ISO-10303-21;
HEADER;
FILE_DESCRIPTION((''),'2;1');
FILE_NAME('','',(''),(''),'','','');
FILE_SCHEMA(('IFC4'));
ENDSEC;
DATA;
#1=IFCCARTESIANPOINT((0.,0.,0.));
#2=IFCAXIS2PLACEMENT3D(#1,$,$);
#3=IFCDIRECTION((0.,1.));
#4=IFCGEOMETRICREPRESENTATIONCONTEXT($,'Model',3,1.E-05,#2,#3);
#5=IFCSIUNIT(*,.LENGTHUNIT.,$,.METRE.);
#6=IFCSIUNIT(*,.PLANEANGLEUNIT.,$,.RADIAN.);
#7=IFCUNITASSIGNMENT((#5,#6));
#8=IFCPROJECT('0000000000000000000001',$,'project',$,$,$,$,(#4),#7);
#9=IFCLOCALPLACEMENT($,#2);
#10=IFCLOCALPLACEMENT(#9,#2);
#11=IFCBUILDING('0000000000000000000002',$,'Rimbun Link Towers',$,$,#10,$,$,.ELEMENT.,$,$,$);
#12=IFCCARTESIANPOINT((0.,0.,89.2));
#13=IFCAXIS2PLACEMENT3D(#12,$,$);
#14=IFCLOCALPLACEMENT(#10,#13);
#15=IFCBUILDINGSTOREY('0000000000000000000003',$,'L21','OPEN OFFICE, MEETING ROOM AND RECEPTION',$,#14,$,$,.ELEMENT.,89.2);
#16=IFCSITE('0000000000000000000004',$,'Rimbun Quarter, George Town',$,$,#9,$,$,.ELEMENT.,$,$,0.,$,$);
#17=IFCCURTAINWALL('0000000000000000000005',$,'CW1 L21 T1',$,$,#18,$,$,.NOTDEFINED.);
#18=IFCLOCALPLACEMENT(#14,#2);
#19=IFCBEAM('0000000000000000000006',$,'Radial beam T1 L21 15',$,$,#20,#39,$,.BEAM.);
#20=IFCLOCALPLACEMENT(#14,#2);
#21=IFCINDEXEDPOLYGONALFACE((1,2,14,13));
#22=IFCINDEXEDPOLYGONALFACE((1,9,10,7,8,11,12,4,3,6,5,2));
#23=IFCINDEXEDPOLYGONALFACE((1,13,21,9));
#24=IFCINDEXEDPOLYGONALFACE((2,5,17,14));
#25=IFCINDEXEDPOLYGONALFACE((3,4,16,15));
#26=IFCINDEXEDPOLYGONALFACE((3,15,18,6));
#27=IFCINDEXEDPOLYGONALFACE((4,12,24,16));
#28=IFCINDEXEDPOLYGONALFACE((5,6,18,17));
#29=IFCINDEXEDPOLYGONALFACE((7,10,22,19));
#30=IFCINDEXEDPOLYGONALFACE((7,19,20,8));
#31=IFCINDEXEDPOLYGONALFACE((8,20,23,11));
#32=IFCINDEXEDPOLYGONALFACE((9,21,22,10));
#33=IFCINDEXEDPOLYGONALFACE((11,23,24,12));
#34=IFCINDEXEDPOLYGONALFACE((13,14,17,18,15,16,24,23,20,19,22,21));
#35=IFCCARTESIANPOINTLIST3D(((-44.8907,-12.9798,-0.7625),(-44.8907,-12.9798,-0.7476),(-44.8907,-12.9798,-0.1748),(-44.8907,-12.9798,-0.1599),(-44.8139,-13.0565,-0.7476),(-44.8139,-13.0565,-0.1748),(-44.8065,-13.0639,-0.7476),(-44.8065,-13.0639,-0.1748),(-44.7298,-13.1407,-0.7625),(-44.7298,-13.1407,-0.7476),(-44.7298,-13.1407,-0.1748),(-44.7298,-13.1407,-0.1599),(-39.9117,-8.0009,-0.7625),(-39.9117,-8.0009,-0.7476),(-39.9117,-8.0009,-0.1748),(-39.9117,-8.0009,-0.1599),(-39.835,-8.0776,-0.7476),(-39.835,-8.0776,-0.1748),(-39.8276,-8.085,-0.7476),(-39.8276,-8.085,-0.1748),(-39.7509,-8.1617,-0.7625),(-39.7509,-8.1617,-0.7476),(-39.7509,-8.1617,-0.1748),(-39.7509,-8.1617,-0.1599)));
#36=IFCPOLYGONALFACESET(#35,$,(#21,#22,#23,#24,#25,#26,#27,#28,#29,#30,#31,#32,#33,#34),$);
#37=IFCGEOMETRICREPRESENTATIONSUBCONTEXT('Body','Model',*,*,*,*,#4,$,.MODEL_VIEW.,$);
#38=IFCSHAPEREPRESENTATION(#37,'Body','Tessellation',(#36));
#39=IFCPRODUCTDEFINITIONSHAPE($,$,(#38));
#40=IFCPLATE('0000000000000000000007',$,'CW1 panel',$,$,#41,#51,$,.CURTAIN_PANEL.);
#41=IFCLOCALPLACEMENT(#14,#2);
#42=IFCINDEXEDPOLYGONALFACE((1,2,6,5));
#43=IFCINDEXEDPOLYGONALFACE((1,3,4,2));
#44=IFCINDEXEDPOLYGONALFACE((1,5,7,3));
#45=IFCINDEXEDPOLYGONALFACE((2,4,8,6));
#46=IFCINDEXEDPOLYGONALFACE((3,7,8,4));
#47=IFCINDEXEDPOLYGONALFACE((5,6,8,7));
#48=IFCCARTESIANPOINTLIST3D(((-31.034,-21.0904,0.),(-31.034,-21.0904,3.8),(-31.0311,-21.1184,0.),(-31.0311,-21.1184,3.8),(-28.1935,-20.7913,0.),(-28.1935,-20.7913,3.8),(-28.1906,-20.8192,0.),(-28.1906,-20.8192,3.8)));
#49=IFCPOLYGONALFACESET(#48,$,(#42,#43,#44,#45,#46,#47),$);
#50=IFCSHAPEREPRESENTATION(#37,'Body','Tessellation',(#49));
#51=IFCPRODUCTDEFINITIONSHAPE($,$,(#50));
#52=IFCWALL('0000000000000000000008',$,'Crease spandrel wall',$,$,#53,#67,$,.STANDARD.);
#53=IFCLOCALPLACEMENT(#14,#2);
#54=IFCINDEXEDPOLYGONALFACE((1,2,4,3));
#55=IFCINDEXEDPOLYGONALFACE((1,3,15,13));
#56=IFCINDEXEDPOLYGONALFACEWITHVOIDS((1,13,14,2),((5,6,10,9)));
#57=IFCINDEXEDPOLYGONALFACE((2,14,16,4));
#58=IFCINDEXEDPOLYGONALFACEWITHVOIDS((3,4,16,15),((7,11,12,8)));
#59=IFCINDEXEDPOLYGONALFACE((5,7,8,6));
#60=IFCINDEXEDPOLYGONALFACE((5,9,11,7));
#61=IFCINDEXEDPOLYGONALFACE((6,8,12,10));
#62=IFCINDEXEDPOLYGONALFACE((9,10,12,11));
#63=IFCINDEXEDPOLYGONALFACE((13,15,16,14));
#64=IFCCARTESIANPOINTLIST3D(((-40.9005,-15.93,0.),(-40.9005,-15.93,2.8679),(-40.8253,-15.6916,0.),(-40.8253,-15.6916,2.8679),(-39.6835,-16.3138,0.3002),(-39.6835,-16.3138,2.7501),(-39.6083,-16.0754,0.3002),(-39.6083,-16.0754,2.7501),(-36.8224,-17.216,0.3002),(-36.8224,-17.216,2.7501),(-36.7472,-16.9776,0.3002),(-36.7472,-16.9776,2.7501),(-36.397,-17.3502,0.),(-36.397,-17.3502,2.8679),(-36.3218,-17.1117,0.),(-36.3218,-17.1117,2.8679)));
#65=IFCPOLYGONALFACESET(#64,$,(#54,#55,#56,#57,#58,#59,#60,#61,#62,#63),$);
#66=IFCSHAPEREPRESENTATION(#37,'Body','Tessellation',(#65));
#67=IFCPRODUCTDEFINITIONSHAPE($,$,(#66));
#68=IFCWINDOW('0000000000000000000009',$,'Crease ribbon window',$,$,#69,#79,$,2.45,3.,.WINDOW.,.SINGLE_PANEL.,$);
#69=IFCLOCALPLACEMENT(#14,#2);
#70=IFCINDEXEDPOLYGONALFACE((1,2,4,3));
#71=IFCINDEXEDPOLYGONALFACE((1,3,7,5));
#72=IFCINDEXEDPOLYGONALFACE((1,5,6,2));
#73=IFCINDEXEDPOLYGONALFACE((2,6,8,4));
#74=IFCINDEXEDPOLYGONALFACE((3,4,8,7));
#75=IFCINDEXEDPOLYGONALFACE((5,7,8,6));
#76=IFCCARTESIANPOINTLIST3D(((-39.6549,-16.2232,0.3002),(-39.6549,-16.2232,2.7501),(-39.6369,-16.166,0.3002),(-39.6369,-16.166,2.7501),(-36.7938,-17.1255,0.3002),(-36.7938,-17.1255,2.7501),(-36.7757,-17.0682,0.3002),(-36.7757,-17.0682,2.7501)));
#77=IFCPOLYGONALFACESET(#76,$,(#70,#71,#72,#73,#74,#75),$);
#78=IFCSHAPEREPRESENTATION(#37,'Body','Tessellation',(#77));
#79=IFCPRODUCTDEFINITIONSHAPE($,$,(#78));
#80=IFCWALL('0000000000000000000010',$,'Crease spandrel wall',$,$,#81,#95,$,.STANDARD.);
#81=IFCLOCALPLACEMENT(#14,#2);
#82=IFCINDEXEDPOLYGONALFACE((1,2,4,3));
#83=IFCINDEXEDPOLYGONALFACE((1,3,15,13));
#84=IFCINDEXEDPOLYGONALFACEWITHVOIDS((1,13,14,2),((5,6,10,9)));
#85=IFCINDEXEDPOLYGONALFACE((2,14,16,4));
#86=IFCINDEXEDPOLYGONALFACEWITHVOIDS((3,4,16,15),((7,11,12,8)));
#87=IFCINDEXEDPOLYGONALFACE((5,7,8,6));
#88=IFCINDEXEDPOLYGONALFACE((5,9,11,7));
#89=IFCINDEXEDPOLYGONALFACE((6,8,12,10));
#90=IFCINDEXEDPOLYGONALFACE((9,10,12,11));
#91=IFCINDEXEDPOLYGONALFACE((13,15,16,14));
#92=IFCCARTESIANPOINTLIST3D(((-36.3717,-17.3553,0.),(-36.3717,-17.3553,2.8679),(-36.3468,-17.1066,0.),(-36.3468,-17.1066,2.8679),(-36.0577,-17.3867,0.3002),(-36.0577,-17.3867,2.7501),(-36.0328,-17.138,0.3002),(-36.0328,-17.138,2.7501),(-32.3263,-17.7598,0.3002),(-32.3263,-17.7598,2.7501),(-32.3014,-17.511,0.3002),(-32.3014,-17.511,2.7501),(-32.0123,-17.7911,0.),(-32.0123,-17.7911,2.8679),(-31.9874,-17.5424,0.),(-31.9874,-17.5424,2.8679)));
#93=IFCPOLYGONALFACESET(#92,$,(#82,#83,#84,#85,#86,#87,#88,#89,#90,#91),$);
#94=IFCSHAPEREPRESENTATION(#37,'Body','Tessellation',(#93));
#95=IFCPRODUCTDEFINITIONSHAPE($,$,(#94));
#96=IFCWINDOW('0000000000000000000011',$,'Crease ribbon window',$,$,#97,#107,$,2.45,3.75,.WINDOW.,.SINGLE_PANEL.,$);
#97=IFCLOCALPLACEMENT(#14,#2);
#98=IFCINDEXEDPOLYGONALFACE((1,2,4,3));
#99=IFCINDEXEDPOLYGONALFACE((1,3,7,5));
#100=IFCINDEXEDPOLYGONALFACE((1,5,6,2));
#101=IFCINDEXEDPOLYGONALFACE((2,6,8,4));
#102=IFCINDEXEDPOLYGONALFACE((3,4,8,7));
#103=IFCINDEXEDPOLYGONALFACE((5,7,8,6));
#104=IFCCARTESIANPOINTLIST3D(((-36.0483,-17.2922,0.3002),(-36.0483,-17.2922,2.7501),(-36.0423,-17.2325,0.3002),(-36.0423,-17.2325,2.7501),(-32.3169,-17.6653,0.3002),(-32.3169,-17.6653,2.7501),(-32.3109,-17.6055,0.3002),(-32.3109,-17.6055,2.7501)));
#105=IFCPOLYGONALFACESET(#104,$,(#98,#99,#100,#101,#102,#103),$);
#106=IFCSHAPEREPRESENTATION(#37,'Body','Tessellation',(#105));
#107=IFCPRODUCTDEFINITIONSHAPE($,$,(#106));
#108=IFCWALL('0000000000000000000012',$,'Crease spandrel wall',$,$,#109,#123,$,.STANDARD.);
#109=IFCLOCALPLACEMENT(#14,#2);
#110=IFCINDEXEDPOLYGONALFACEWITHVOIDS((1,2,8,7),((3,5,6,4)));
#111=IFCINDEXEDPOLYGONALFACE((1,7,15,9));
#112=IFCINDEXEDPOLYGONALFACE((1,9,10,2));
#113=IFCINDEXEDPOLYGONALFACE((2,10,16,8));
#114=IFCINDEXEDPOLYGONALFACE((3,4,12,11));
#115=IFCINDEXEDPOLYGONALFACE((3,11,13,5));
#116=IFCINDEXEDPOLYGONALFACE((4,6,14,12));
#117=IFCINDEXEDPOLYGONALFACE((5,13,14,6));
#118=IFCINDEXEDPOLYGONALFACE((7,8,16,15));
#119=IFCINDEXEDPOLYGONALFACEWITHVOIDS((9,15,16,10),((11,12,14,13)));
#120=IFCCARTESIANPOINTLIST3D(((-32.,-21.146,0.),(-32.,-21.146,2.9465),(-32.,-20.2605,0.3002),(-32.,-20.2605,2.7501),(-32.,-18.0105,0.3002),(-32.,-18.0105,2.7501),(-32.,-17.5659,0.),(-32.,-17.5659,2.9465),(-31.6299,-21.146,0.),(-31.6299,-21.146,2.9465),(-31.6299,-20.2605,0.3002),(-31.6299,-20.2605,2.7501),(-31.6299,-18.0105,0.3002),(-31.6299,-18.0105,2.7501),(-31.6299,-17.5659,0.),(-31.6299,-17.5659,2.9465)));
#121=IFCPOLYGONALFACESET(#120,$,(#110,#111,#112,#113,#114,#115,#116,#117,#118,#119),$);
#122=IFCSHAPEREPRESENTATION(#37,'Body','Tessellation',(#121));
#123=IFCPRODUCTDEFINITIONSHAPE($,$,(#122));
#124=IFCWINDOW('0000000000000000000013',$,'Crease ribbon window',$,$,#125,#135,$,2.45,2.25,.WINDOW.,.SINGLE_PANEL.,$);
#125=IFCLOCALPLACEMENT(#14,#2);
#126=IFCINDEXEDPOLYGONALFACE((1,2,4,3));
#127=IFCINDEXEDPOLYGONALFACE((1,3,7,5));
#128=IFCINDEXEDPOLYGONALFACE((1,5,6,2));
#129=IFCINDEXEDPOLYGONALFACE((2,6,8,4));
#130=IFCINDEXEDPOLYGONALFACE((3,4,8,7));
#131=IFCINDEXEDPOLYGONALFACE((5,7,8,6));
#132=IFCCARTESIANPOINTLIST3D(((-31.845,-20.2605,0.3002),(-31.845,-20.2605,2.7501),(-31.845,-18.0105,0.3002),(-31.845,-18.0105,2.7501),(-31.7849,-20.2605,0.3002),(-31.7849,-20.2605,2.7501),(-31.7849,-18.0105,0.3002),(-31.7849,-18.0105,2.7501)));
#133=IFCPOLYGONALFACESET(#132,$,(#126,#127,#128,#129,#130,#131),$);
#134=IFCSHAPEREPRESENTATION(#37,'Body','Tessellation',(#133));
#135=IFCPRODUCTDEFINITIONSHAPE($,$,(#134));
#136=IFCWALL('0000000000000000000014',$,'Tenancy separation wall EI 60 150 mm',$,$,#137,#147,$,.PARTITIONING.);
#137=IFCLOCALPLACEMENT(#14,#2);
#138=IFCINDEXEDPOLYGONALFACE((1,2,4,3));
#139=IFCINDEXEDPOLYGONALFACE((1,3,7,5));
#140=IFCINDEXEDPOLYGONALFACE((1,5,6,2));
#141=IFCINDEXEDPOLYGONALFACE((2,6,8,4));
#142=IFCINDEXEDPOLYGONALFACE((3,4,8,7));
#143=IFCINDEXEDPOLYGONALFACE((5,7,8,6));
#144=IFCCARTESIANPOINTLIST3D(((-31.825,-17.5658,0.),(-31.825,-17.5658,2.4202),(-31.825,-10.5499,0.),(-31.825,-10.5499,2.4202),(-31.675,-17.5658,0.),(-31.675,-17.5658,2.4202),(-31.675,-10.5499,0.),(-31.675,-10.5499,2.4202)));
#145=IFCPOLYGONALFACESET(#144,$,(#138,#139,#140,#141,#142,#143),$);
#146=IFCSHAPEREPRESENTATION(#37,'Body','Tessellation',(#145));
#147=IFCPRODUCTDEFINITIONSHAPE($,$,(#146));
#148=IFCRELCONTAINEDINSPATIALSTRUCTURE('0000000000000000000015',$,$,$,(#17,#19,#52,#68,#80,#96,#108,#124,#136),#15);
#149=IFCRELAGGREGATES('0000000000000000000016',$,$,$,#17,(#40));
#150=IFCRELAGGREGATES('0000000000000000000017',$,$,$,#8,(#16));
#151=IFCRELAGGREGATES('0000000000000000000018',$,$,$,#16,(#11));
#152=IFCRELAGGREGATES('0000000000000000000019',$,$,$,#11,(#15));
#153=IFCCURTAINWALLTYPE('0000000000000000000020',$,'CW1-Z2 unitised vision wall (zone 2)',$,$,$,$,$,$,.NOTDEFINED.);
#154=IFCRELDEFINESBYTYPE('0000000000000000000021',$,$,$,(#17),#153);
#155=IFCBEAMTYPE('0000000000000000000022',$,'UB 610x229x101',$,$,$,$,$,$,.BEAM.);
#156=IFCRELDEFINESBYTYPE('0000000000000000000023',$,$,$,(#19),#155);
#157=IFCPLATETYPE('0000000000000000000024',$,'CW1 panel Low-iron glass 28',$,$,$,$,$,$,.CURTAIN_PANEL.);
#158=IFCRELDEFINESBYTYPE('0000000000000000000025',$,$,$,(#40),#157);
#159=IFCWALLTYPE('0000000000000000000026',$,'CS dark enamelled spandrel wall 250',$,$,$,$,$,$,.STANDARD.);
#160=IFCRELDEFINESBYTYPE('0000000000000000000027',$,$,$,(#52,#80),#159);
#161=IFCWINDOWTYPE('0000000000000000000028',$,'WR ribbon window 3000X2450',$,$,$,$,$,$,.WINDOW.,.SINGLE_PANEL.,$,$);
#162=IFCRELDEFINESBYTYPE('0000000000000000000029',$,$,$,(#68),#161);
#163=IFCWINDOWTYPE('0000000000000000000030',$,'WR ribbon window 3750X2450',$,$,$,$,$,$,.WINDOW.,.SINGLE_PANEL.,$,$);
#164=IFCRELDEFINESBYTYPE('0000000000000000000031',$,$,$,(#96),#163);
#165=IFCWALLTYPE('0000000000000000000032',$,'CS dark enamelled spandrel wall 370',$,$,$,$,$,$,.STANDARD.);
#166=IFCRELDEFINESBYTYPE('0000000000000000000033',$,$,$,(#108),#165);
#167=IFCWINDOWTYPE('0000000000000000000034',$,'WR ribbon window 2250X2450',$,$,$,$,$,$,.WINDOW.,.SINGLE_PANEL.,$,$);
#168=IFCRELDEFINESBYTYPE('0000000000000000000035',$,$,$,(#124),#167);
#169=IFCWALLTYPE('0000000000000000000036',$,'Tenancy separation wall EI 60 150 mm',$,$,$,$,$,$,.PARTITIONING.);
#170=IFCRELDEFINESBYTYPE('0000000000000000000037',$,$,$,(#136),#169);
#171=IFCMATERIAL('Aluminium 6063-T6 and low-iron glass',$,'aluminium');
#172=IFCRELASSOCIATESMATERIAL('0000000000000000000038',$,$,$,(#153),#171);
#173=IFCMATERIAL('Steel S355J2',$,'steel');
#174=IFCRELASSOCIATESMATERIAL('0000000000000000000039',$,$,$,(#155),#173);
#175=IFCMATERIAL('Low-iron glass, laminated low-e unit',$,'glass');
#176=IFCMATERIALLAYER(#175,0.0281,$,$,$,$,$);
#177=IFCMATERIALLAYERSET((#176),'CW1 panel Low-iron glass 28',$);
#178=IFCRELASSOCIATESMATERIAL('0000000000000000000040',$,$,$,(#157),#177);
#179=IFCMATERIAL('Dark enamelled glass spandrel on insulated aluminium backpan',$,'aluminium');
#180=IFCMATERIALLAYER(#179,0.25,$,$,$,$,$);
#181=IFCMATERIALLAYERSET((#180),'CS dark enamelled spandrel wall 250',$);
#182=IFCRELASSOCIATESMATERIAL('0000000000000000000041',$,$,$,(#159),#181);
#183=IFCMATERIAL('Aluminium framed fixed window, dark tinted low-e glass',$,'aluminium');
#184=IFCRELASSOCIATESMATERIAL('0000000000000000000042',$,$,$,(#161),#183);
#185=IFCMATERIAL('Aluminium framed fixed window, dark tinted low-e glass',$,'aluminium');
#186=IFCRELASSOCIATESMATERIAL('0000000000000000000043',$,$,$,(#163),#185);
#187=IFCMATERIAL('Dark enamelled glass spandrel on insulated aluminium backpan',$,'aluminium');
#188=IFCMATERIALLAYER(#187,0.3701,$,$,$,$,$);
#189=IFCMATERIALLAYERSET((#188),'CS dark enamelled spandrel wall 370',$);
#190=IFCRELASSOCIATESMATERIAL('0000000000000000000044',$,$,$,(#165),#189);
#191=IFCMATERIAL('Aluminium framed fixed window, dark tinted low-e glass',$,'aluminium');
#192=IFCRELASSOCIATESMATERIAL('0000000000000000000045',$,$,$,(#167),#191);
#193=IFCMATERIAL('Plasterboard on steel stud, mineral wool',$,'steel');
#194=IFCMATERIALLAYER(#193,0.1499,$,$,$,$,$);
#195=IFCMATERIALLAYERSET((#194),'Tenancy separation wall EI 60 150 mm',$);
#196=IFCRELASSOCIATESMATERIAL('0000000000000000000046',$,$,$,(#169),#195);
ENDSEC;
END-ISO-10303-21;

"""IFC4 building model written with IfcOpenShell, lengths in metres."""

from ifc_helpers import new_model, si_unit, direction, frame, frame_2d, origin, origin_2d, place, context, subcontext, project, spatial, rectangle, i_section, extrude, material, layer, layer_set, material_profile, profile_set, type_object, element, fill, aggregate, save


model = new_model("IFC4")

# Units and contexts
model_context = context("Model", 3, precision=1e-05, world=origin(), true_north=direction((0.0, 1.0)))
body_context = subcontext(model_context, "Body", "Model", "MODEL_VIEW")
ifc_project = project(units=[si_unit("LENGTHUNIT", "METRE"), si_unit("PLANEANGLEUNIT", "RADIAN")], contexts=[model_context])

# Site, building, storey
site_placement = place(None, origin())
site = spatial("IfcSite", under=ifc_project, at=site_placement, Name="Rimbun Quarter, George Town", CompositionType="ELEMENT", RefElevation=0.0)
building_placement = place(site_placement, origin())
building = spatial("IfcBuilding", under=site, at=building_placement, Name="Rimbun Link Towers", CompositionType="ELEMENT")
storey_placement = place(building_placement, frame((0.0, 0.0, 89.2)))
storey = spatial("IfcBuildingStorey", under=building, at=storey_placement, Name="L21", Description="OPEN OFFICE, MEETING ROOM AND RECEPTION", CompositionType="ELEMENT", Elevation=89.2)

# Curtain wall
ifc_material_1 = material(Name="Aluminium 6063-T6 and low-iron glass", Category="aluminium")
curtain_wall_type = type_object("IfcCurtainWallType", Name="CW1-Z2 unitised vision wall (zone 2)", PredefinedType="NOTDEFINED", material=ifc_material_1)
curtain_wall_placement = place(storey_placement, origin())
curtain_wall = element("IfcCurtainWall", 1, at=curtain_wall_placement, inside=storey, type_object=curtain_wall_type, Name="CW1 L21 T1", PredefinedType="NOTDEFINED")

# Beam
ifc_material_2 = material(Name="Steel S355J2", Category="steel")
ifc_material_profile_1 = material_profile(ifc_material_2, i_section(OverallWidth=0.2275, OverallDepth=0.6025, WebThickness=0.0105, FlangeThickness=0.0149, at=origin_2d()), Name="UB 610x229x101")
ifc_profile_set_1 = profile_set([ifc_material_profile_1], Name="Steel S355J2")
beam_type_1 = type_object("IfcBeamType", Name="UB 610x229x101", PredefinedType="BEAM", material=ifc_profile_set_1)
beam_1_placement = place(storey_placement, frame((-39.8313, -8.0813, -0.4612), z_axis=(-0.707107, -0.707107, 0.0), x_axis=(0.707107, -0.707107, 0.0)))
element("IfcBeam", 2, at=beam_1_placement, inside=storey, type_object=beam_type_1, Name="Radial beam T1 L21 15", PredefinedType="BEAM", context=body_context, shape_type="SweptSolid", body=[
    extrude(i_section(OverallWidth=0.2275, OverallDepth=0.6025, WebThickness=0.0105, FlangeThickness=0.0149, at=origin_2d()), origin(), (0.0, 0.0, 1.0), 7.0413),
])

# Plate
ifc_material_3 = material(Name="Low-iron glass, laminated low-e unit", Category="glass")
ifc_layer_1 = layer(ifc_material_3, 0.0281)
ifc_layer_set_1 = layer_set([ifc_layer_1], Name="CW1 panel Low-iron glass 28")
plate_type = type_object("IfcPlateType", Name="CW1 panel Low-iron glass 28", PredefinedType="CURTAIN_PANEL", material=ifc_layer_set_1)
plate_placement = place(storey_placement, frame((-29.6123, -20.9548, 0.0), z_axis=(0.0, 0.0, 1.0), x_axis=(-0.9945, -0.104736, 0.0)))
plate = element("IfcPlate", 3, at=plate_placement, type_object=plate_type, Name="CW1 panel", PredefinedType="CURTAIN_PANEL", context=body_context, shape_type="SweptSolid", body=[
    extrude(rectangle(XDim=2.8562, YDim=0.0281, at=origin_2d()), origin(), (0.0, 0.0, 1.0), 3.8),
])
aggregate(curtain_wall, [plate])

# Walls, openings, windows
ifc_material_4 = material(Name="Dark enamelled glass spandrel on insulated aluminium backpan", Category="aluminium")
ifc_layer_2 = layer(ifc_material_4, 0.25)
ifc_layer_set_2 = layer_set([ifc_layer_2], Name="CS dark enamelled spandrel wall 250")
wall_type_1 = type_object("IfcWallType", Name="CS dark enamelled spandrel wall 250", PredefinedType="STANDARD", material=ifc_layer_set_2)
wall_1_placement = place(storey_placement, frame((-36.3594, -17.231, 0.0), z_axis=(0.0, 0.0, 1.0), x_axis=(-0.953707, 0.300738, 0.0)))
wall_1 = element("IfcWall", 4, at=wall_1_placement, inside=storey, type_object=wall_type_1, Name="Crease spandrel wall", PredefinedType="STANDARD", context=body_context, shape_type="SweptSolid", body=[
    extrude(rectangle(XDim=4.7222, YDim=0.25, at=frame_2d((2.3611, 0.0))), origin(), (0.0, 0.0, 1.0), 2.8679),
])
opening_1_placement = place(wall_1_placement, frame((0.446, 0.0, 0.3)))
opening_1 = element("IfcOpeningElement", 5, at=opening_1_placement, cuts=wall_1, PredefinedType="OPENING", context=body_context, shape_type="SweptSolid", body=[
    extrude(rectangle(XDim=3.0, YDim=2.45, at=frame_2d((1.5, 1.2251))), frame((0.0, 0.135, 0.0), z_axis=(0.0, -1.0, 0.0), x_axis=(1.0, 0.0, 0.0)), (0.0, 0.0, 1.0), 0.27),
])
ifc_material_5 = material(Name="Aluminium framed fixed window, dark tinted low-e glass", Category="aluminium")
window_type_1 = type_object("IfcWindowType", Name="WR ribbon window 3000X2450", PartitioningType="SINGLE_PANEL", PredefinedType="WINDOW", material=ifc_material_5)
window_1_placement = place(opening_1_placement, origin())
window_1 = element("IfcWindow", 6, at=window_1_placement, inside=storey, type_object=window_type_1, Name="Crease ribbon window", OverallHeight=2.45, OverallWidth=3.0, PartitioningType="SINGLE_PANEL", PredefinedType="WINDOW", context=body_context, shape_type="SweptSolid", body=[
    extrude(rectangle(XDim=3.0, YDim=2.45, at=frame_2d((1.5, 1.2251))), frame((0.0, 0.03, 0.0), z_axis=(0.0, -1.0, 0.0), x_axis=(1.0, 0.0, 0.0)), (0.0, 0.0, 1.0), 0.0601),
])
fill(opening_1, window_1)
wall_2_placement = place(storey_placement, frame((-32.0, -17.6667, 0.0), z_axis=(0.0, 0.0, 1.0), x_axis=(-0.995041, 0.099471, 0.0)))
wall_2 = element("IfcWall", 7, at=wall_2_placement, inside=storey, type_object=wall_type_1, Name="Crease spandrel wall", PredefinedType="STANDARD", context=body_context, shape_type="SweptSolid", body=[
    extrude(rectangle(XDim=4.3811, YDim=0.25, at=frame_2d((2.1904, 0.0))), origin(), (0.0, 0.0, 1.0), 2.8679),
])
opening_2_placement = place(wall_2_placement, frame((0.3154, 0.0, 0.3)))
opening_2 = element("IfcOpeningElement", 8, at=opening_2_placement, cuts=wall_2, PredefinedType="OPENING", context=body_context, shape_type="SweptSolid", body=[
    extrude(rectangle(XDim=3.75, YDim=2.45, at=frame_2d((1.875, 1.2251))), frame((0.0, 0.135, 0.0), z_axis=(0.0, -1.0, 0.0), x_axis=(1.0, 0.0, 0.0)), (0.0, 0.0, 1.0), 0.27),
])
ifc_material_6 = material(Name="Aluminium framed fixed window, dark tinted low-e glass", Category="aluminium")
window_type_2 = type_object("IfcWindowType", Name="WR ribbon window 3750X2450", PartitioningType="SINGLE_PANEL", PredefinedType="WINDOW", material=ifc_material_6)
window_2_placement = place(opening_2_placement, origin())
window_2 = element("IfcWindow", 9, at=window_2_placement, inside=storey, type_object=window_type_2, Name="Crease ribbon window", OverallHeight=2.45, OverallWidth=3.75, PartitioningType="SINGLE_PANEL", PredefinedType="WINDOW", context=body_context, shape_type="SweptSolid", body=[
    extrude(rectangle(XDim=3.75, YDim=2.45, at=frame_2d((1.875, 1.2251))), frame((0.0, 0.03, 0.0), z_axis=(0.0, -1.0, 0.0), x_axis=(1.0, 0.0, 0.0)), (0.0, 0.0, 1.0), 0.0601),
])
fill(opening_2, window_2)
ifc_material_7 = material(Name="Dark enamelled glass spandrel on insulated aluminium backpan", Category="aluminium")
ifc_layer_3 = layer(ifc_material_7, 0.3701)
ifc_layer_set_3 = layer_set([ifc_layer_3], Name="CS dark enamelled spandrel wall 370")
wall_type_2 = type_object("IfcWallType", Name="CS dark enamelled spandrel wall 370", PredefinedType="STANDARD", material=ifc_layer_set_3)
wall_3_placement = place(storey_placement, frame((-31.8149, -21.146, 0.0), z_axis=(0.0, 0.0, 1.0), x_axis=(0.0, 1.0, 0.0)))
wall_3 = element("IfcWall", 10, at=wall_3_placement, inside=storey, type_object=wall_type_2, Name="Crease spandrel wall", PredefinedType="STANDARD", context=body_context, shape_type="SweptSolid", body=[
    extrude(rectangle(XDim=3.5801, YDim=0.3701, at=frame_2d((1.79, 0.0))), origin(), (0.0, 0.0, 1.0), 2.9465),
])
opening_3_placement = place(wall_3_placement, frame((0.8855, 0.0, 0.3)))
opening_3 = element("IfcOpeningElement", 11, at=opening_3_placement, cuts=wall_3, PredefinedType="OPENING", context=body_context, shape_type="SweptSolid", body=[
    extrude(rectangle(XDim=2.25, YDim=2.45, at=frame_2d((1.125, 1.2251))), frame((0.0, 0.1951, 0.0), z_axis=(0.0, -1.0, 0.0), x_axis=(1.0, 0.0, 0.0)), (0.0, 0.0, 1.0), 0.3901),
])
ifc_material_8 = material(Name="Aluminium framed fixed window, dark tinted low-e glass", Category="aluminium")
window_type_3 = type_object("IfcWindowType", Name="WR ribbon window 2250X2450", PartitioningType="SINGLE_PANEL", PredefinedType="WINDOW", material=ifc_material_8)
window_3_placement = place(opening_3_placement, origin())
window_3 = element("IfcWindow", 12, at=window_3_placement, inside=storey, type_object=window_type_3, Name="Crease ribbon window", OverallHeight=2.45, OverallWidth=2.25, PartitioningType="SINGLE_PANEL", PredefinedType="WINDOW", context=body_context, shape_type="SweptSolid", body=[
    extrude(rectangle(XDim=2.25, YDim=2.45, at=frame_2d((1.125, 1.2251))), frame((0.0, 0.03, 0.0), z_axis=(0.0, -1.0, 0.0), x_axis=(1.0, 0.0, 0.0)), (0.0, 0.0, 1.0), 0.0601),
])
fill(opening_3, window_3)

# Wall
ifc_material_9 = material(Name="Plasterboard on steel stud, mineral wool", Category="steel")
ifc_layer_4 = layer(ifc_material_9, 0.1499)
ifc_layer_set_4 = layer_set([ifc_layer_4], Name="Tenancy separation wall EI 60 150 mm")
wall_type_3 = type_object("IfcWallType", Name="Tenancy separation wall EI 60 150 mm", PredefinedType="PARTITIONING", material=ifc_layer_set_4)
wall_4_placement = place(storey_placement, frame((-31.75, -10.55, 0.0), z_axis=(0.0, 0.0, 1.0), x_axis=(0.0, -1.0, 0.0)))
element("IfcWall", 13, at=wall_4_placement, inside=storey, type_object=wall_type_3, Name="Tenancy separation wall EI 60 150 mm", PredefinedType="PARTITIONING", context=body_context, shape_type="SweptSolid", body=[
    extrude(rectangle(XDim=7.0159, YDim=0.1499, at=frame_2d((3.5078, 0.0))), origin(), (0.0, 0.0, 1.0), 2.4202),
])

save(model, "model.ifc")
